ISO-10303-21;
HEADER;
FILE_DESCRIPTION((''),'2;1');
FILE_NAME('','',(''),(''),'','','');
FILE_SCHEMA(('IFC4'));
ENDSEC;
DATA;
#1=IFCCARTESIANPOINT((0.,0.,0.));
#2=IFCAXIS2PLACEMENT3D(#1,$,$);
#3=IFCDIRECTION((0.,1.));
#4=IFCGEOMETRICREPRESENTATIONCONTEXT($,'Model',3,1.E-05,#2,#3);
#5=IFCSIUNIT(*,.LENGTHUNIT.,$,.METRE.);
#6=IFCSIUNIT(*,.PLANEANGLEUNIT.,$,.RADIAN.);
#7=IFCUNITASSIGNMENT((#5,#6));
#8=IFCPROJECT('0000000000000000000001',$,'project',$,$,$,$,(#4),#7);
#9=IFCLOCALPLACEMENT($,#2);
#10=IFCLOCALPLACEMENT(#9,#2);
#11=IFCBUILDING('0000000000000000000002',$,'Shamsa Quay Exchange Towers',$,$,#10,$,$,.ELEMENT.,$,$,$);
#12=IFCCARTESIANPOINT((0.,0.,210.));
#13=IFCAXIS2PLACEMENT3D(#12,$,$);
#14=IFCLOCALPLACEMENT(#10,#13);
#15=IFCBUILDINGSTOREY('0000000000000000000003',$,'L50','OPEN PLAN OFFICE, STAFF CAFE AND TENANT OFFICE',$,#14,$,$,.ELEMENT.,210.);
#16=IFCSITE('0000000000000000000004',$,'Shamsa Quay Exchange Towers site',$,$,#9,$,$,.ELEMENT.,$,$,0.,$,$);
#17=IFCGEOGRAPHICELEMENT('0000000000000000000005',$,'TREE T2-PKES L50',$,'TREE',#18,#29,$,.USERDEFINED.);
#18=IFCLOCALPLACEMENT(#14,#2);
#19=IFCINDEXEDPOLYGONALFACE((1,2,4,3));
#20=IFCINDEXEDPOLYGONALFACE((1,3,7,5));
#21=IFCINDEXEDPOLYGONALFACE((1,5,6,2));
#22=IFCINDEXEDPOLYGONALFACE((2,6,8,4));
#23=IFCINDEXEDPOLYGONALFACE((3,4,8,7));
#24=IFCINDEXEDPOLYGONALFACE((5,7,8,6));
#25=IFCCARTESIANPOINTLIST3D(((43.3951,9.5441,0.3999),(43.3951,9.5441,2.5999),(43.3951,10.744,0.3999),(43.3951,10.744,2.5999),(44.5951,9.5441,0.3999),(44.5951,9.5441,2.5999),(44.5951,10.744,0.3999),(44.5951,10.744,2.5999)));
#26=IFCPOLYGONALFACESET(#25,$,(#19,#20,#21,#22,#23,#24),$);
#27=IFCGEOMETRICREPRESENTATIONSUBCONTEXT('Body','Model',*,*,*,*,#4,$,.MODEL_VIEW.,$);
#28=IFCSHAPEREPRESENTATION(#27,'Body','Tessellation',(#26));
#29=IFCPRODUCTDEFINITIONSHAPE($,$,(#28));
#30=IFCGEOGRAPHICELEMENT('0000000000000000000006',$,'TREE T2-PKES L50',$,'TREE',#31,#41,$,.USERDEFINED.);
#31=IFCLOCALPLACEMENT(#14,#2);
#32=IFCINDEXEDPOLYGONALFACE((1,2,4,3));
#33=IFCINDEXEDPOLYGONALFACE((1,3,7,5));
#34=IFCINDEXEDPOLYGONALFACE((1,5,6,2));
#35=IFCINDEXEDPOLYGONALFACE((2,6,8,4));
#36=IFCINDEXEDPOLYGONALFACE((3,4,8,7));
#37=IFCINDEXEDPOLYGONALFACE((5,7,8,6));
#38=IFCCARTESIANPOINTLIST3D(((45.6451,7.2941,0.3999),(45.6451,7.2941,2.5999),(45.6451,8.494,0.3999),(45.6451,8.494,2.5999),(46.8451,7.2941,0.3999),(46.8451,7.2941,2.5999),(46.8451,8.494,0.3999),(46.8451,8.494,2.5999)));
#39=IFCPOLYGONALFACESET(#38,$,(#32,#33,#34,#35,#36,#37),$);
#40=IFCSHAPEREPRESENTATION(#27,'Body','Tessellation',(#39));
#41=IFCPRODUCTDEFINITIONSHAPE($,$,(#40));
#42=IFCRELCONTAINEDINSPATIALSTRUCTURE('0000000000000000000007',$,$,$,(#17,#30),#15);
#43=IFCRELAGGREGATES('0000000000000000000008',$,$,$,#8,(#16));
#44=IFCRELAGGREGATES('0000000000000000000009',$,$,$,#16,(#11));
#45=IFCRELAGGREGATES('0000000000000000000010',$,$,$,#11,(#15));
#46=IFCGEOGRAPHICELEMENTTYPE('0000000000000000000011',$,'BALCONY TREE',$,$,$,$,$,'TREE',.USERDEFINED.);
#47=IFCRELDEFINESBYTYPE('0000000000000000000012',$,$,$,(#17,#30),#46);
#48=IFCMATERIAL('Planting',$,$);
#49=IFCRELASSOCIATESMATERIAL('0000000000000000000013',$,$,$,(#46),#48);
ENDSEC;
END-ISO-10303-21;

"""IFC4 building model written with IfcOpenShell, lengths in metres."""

from ifc_helpers import new_model, si_unit, direction, frame, origin, origin_2d, place, context, subcontext, project, spatial, rectangle, extrude, material, type_object, element, save


model = new_model("IFC4")

# Units and contexts
model_context = context("Model", 3, precision=1e-05, world=origin(), true_north=direction((0.0, 1.0)))
body_context = subcontext(model_context, "Body", "Model", "MODEL_VIEW")
ifc_project = project(units=[si_unit("LENGTHUNIT", "METRE"), si_unit("PLANEANGLEUNIT", "RADIAN")], contexts=[model_context])

# Site, building, storey
site_placement = place(None, origin())
site = spatial("IfcSite", under=ifc_project, at=site_placement, Name="Shamsa Quay Exchange Towers site", CompositionType="ELEMENT", RefElevation=0.0)
building_placement = place(site_placement, origin())
building = spatial("IfcBuilding", under=site, at=building_placement, Name="Shamsa Quay Exchange Towers", CompositionType="ELEMENT")
storey_placement = place(building_placement, frame((0.0, 0.0, 210.0)))
storey = spatial("IfcBuildingStorey", under=building, at=storey_placement, Name="L50", Description="OPEN PLAN OFFICE, STAFF CAFE AND TENANT OFFICE", CompositionType="ELEMENT", Elevation=210.0)

# Geographic elements
ifc_material_1 = material(Name="Planting")
geographic_element_type = type_object("IfcGeographicElementType", Name="BALCONY TREE", ElementType="TREE", PredefinedType="USERDEFINED", material=ifc_material_1)
for number, where, z_axis, x_axis, name in (
    (1, (43.9951, 10.144, 0.3999), (0.0, 0.0, 1.0), (0.0, 1.0, 0.0), "TREE T2-PKES L50"),
    (2, (46.2451, 7.894, 0.3999), (0.0, 0.0, 1.0), (0.0, 1.0, 0.0), "TREE T2-PKES L50"),
):
    element("IfcGeographicElement", number, at=place(storey_placement, frame(where, z_axis=z_axis, x_axis=x_axis)), inside=storey, type_object=geographic_element_type, Name=name, ObjectType="TREE", PredefinedType="USERDEFINED", context=body_context, shape_type="SweptSolid", body=[
        extrude(rectangle(XDim=1.2, YDim=1.2, at=origin_2d()), origin(), (0.0, 0.0, 1.0), 2.2),
    ])

save(model, "model.ifc")
